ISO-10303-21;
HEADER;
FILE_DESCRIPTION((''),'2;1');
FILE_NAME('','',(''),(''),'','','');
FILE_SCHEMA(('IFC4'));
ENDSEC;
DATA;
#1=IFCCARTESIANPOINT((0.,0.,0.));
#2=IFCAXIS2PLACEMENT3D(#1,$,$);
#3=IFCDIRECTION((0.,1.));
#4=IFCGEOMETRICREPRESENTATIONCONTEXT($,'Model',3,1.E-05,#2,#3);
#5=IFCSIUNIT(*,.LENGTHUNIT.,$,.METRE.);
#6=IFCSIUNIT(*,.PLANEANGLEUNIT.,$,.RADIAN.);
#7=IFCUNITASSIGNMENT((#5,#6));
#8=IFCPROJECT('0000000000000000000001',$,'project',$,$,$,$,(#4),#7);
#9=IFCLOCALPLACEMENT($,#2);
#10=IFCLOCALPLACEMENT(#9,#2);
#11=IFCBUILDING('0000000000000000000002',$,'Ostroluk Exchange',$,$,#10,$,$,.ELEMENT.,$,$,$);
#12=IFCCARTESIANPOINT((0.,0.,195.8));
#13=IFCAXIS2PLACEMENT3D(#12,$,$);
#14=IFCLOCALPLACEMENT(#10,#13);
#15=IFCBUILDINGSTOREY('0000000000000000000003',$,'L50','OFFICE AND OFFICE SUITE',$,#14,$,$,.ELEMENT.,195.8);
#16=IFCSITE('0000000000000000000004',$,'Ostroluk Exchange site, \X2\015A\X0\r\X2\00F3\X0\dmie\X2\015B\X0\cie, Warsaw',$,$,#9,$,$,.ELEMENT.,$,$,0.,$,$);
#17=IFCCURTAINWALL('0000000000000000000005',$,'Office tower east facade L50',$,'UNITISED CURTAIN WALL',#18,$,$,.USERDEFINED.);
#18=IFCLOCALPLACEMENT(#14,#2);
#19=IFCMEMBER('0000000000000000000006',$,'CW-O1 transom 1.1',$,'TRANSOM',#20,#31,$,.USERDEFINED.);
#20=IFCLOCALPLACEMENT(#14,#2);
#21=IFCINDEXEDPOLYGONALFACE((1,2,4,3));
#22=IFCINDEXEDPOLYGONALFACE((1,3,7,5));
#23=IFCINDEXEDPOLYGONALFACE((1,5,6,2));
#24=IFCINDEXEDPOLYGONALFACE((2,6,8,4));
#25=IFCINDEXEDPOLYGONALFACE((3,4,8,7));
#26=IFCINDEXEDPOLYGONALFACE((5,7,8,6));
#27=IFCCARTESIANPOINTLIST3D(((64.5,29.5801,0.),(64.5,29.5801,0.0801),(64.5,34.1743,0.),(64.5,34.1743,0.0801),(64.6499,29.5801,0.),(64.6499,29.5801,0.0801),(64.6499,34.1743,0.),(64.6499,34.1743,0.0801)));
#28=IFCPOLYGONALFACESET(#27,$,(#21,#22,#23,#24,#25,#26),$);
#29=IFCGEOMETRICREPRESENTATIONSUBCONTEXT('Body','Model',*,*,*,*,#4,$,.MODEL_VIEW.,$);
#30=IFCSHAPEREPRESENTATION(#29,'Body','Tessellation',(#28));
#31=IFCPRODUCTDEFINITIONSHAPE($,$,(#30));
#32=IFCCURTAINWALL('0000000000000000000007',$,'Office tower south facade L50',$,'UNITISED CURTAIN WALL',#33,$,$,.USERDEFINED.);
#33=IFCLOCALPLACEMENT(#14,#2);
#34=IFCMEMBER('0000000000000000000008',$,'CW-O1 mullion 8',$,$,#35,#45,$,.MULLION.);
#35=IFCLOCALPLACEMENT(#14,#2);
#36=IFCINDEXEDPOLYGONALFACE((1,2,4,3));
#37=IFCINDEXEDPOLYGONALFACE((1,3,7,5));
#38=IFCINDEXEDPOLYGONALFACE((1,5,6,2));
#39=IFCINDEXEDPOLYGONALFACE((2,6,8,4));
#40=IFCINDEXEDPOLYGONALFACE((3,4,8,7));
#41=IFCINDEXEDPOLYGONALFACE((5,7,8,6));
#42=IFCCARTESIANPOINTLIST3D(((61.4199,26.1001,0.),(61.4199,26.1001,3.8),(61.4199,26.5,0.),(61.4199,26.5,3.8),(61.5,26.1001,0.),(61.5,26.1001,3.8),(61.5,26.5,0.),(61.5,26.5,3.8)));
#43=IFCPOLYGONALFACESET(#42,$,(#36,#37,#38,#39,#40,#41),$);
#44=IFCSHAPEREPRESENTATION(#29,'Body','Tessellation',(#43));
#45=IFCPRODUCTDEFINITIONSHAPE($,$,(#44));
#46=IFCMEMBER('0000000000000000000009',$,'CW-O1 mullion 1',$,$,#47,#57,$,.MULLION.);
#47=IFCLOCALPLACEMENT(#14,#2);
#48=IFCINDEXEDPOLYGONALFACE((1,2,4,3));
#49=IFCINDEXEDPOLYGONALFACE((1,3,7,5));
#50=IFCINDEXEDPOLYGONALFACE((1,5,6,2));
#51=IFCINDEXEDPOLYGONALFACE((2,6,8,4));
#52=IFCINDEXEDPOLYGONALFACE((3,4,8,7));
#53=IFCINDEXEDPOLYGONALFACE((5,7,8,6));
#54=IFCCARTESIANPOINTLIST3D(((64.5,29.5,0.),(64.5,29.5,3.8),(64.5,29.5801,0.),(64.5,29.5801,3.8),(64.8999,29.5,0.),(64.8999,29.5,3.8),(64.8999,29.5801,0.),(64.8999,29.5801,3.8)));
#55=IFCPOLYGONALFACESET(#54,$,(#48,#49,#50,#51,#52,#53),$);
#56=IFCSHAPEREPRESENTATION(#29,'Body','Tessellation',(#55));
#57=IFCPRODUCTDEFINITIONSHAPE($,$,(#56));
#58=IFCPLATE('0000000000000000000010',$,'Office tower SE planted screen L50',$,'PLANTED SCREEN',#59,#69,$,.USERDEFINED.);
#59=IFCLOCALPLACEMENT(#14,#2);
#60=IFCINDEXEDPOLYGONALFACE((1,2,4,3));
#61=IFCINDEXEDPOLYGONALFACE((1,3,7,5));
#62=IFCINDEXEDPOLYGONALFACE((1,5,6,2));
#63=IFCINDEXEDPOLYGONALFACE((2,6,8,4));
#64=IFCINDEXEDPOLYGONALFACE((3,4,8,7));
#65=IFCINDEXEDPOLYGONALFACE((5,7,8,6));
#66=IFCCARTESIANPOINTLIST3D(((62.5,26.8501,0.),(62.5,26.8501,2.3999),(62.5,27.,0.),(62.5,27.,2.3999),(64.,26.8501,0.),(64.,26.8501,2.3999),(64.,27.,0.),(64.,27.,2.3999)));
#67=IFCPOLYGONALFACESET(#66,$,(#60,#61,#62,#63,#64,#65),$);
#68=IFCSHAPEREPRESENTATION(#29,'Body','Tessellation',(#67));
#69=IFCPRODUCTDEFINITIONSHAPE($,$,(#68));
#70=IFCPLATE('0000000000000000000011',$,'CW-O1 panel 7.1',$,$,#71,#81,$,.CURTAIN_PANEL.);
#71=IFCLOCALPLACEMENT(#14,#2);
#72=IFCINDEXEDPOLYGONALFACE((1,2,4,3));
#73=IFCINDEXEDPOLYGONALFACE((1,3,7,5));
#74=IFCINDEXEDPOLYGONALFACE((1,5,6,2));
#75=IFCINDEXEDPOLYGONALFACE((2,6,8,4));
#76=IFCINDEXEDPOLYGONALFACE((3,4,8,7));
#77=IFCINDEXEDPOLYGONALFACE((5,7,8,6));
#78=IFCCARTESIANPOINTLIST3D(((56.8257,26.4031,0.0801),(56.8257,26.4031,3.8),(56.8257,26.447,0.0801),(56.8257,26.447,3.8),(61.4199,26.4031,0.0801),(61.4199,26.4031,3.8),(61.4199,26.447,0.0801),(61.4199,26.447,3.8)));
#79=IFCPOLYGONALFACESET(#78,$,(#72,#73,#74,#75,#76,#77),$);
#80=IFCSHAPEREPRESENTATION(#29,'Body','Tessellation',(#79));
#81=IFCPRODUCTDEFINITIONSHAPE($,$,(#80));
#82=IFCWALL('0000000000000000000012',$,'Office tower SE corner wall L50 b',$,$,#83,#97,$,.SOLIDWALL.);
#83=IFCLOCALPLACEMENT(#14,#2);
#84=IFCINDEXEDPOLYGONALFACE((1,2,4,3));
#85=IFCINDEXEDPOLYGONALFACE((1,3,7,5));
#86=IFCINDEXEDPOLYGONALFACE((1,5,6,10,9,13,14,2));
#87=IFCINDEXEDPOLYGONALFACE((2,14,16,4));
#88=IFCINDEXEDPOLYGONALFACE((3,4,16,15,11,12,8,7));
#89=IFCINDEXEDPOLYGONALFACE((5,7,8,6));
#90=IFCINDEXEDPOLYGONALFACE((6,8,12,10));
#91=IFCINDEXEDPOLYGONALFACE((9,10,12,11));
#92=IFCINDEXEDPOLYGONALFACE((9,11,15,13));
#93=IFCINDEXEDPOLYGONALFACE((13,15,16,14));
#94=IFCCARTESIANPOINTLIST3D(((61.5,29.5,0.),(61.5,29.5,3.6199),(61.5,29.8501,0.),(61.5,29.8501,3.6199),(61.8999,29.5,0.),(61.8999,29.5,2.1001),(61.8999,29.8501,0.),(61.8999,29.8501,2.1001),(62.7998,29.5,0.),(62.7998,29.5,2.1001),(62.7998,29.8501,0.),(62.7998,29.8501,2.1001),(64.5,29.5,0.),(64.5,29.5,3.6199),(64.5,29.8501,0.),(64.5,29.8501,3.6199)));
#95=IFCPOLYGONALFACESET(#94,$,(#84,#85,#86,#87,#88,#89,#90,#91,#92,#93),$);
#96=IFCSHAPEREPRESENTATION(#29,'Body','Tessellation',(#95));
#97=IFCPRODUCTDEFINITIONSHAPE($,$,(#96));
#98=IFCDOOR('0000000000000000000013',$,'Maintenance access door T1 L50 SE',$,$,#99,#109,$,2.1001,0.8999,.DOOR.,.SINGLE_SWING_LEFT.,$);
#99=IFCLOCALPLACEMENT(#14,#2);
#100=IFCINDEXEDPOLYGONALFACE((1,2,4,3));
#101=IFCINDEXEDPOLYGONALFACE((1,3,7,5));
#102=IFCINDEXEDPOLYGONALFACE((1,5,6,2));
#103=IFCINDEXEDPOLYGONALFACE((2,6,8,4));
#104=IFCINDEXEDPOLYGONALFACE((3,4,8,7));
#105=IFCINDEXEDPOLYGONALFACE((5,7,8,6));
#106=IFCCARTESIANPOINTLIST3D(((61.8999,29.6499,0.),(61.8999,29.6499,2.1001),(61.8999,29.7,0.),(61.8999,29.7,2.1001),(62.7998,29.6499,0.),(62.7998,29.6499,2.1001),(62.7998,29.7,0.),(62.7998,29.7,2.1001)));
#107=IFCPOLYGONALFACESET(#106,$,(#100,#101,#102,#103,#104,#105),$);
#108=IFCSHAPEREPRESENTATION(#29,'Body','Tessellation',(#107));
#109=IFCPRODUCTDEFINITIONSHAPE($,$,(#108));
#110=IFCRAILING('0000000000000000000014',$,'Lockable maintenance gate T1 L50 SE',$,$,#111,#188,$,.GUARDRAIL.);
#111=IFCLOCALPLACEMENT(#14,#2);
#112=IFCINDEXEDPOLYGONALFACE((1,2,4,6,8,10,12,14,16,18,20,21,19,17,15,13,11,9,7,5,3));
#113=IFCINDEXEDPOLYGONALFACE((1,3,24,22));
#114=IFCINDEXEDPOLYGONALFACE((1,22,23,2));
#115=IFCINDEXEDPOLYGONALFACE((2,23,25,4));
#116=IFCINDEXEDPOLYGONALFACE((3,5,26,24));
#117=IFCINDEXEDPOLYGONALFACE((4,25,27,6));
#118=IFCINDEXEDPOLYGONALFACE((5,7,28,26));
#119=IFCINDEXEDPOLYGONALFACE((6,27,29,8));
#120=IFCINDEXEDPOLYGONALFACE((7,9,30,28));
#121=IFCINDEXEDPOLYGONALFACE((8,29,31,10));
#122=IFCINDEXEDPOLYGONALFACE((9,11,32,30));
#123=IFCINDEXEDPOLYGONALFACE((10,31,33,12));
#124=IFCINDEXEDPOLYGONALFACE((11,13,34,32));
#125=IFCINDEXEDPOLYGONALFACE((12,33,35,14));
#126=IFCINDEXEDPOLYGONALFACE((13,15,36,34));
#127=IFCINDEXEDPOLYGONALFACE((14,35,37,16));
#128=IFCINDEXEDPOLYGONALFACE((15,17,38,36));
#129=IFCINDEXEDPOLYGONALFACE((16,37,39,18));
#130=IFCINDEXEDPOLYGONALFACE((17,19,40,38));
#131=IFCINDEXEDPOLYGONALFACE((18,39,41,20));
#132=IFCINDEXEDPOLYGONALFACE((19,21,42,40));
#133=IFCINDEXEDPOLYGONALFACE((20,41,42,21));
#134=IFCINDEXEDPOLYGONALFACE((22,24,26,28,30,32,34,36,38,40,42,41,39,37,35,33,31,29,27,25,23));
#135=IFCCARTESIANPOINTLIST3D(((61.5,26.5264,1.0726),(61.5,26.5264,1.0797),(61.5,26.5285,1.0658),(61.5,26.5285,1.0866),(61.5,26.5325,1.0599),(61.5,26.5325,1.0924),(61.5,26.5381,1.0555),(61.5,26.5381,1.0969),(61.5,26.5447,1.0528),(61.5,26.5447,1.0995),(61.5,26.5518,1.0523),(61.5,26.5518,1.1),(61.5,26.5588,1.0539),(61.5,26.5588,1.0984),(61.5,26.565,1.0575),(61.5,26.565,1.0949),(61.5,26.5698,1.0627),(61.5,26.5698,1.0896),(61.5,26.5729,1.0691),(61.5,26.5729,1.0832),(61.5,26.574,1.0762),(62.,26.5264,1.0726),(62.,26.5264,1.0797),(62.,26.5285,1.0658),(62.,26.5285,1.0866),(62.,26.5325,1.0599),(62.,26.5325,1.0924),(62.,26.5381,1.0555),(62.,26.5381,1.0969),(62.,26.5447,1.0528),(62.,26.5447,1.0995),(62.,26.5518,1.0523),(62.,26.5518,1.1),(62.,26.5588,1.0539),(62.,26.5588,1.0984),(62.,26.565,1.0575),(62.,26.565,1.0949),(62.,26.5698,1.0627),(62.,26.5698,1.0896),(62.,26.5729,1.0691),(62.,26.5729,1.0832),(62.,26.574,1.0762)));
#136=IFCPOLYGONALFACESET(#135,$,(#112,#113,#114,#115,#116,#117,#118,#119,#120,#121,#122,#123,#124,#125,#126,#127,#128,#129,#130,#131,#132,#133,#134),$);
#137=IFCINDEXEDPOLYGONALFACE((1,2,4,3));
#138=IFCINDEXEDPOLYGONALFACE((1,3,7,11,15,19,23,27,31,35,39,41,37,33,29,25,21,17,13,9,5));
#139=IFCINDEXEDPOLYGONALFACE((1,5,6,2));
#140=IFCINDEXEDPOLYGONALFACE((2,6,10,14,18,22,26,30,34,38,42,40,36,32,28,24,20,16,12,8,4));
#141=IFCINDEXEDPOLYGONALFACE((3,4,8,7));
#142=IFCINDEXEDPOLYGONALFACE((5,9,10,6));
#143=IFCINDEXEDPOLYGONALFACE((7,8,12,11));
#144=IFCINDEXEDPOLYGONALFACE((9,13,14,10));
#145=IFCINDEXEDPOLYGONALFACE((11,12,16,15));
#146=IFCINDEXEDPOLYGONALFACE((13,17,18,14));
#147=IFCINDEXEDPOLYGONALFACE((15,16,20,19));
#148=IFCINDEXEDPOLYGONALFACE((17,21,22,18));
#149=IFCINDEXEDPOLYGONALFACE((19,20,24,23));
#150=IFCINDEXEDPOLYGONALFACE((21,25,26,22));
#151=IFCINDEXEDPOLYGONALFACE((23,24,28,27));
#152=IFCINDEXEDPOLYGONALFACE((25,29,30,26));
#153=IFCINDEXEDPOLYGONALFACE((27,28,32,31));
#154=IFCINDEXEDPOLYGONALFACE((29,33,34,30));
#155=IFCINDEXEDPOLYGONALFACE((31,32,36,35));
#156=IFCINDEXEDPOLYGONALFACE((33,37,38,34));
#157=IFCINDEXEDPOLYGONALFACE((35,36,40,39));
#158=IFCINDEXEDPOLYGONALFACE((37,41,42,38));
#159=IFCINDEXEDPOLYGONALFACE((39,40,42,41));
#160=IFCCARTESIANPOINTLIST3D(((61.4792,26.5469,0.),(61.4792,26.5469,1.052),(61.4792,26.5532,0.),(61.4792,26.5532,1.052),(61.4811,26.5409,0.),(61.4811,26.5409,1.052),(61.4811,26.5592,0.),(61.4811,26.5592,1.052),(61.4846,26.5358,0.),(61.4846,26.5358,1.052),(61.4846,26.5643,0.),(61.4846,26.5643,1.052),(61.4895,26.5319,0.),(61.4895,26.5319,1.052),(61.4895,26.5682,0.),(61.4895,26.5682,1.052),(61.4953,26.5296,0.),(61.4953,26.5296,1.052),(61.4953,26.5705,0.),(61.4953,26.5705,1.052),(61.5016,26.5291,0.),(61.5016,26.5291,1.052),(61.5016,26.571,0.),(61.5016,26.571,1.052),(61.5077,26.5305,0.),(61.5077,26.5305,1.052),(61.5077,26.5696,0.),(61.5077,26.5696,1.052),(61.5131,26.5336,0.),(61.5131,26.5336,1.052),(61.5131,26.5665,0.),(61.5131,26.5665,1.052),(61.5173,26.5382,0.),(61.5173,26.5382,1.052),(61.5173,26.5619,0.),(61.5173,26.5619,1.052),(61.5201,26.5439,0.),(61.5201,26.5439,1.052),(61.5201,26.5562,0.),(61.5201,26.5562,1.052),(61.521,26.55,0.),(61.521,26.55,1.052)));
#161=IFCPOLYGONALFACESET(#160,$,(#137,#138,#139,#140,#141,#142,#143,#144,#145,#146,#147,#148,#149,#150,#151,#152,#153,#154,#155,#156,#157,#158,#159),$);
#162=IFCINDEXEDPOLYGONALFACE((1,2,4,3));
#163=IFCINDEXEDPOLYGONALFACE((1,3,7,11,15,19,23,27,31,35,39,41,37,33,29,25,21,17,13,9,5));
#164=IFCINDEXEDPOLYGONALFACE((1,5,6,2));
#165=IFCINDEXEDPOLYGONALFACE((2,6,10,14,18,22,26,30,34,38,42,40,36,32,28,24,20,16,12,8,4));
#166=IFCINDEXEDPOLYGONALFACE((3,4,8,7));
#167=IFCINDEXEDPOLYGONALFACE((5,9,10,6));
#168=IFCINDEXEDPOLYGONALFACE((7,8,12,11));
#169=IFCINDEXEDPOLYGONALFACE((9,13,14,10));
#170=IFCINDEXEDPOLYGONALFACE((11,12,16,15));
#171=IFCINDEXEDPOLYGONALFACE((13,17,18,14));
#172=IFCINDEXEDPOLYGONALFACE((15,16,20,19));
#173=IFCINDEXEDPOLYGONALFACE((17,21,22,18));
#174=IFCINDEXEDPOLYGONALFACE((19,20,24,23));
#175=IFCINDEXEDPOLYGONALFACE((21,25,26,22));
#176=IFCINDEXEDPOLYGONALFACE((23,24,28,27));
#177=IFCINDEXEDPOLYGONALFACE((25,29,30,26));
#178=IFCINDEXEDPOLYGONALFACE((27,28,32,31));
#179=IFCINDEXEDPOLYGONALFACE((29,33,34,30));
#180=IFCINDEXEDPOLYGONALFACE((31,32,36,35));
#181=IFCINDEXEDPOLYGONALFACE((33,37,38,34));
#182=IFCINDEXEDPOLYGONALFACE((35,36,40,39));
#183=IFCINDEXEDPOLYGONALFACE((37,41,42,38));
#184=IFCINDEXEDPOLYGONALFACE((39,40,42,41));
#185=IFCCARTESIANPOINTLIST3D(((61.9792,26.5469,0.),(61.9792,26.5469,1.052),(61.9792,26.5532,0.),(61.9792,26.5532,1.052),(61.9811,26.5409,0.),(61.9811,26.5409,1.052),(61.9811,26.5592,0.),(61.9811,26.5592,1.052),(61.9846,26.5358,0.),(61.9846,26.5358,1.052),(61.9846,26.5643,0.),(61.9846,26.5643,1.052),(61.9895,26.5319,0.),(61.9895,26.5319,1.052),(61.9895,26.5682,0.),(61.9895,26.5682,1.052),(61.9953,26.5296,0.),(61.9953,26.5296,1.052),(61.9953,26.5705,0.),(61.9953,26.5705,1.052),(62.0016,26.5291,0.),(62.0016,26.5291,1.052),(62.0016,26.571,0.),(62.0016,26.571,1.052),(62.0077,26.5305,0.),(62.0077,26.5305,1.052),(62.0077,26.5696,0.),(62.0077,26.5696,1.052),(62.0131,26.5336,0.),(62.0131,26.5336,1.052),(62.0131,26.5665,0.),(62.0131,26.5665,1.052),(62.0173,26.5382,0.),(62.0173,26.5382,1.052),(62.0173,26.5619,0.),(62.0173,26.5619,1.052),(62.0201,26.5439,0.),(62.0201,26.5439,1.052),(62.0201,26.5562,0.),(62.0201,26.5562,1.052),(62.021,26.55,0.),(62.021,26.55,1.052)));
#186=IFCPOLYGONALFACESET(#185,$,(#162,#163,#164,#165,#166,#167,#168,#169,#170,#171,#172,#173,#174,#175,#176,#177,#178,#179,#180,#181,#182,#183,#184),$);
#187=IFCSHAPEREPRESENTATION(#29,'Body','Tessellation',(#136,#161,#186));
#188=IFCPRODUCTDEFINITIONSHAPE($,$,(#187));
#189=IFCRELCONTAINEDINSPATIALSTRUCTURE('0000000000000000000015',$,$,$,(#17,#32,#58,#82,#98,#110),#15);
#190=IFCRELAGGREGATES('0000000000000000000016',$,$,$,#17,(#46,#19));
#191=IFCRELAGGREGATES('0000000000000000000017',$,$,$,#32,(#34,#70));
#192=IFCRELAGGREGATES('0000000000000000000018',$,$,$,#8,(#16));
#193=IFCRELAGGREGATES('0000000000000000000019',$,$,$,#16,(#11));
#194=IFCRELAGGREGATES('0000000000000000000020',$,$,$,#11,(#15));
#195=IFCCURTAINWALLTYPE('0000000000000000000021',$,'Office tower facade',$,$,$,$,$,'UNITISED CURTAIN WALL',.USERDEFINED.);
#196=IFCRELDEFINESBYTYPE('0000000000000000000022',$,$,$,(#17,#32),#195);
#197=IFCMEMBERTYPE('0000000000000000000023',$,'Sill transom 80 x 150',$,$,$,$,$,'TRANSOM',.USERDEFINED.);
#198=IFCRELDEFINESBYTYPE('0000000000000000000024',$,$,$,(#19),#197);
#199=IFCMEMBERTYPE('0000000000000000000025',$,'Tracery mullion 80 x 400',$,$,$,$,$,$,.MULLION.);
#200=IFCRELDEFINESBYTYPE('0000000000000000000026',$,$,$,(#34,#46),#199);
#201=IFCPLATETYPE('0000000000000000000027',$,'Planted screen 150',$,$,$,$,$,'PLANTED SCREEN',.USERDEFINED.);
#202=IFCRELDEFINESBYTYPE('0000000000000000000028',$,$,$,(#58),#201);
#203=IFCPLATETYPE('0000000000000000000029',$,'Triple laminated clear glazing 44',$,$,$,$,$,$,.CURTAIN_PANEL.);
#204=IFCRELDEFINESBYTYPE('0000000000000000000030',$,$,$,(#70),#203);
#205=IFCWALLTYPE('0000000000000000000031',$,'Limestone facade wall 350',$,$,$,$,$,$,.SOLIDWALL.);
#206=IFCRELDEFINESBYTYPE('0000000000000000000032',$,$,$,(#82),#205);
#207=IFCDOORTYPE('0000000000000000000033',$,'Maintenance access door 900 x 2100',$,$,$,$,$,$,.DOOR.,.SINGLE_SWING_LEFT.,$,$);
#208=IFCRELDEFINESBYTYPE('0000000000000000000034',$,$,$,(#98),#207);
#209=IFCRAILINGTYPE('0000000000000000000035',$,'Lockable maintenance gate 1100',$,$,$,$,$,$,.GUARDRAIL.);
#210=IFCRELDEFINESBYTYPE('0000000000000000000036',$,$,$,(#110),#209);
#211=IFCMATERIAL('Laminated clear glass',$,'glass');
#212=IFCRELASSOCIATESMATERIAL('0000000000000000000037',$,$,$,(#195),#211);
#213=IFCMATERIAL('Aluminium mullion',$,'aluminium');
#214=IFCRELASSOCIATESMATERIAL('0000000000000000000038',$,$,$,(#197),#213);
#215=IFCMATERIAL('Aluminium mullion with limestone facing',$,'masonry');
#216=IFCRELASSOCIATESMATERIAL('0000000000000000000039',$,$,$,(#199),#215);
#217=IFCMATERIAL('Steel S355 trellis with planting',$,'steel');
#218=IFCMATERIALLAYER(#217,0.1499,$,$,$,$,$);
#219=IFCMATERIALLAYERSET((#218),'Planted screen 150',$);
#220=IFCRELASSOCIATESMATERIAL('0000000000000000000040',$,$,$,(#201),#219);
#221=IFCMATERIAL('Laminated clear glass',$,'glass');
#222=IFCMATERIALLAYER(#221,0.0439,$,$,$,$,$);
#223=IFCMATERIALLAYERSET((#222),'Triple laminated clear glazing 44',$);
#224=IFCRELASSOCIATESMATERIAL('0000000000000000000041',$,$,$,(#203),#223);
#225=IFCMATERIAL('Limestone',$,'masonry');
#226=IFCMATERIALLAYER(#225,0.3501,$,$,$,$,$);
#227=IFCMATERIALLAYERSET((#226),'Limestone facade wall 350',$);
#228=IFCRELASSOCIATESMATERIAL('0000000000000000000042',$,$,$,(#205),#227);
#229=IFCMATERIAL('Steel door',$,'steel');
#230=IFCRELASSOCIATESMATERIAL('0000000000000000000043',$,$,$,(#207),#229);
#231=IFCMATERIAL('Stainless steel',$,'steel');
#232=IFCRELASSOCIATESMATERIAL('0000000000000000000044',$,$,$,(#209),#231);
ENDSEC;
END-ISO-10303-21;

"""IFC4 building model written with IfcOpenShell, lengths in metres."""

from ifc_helpers import new_model, si_unit, direction, frame, frame_2d, origin, origin_2d, place, context, subcontext, project, spatial, rectangle, circle, extrude, material, layer, layer_set, material_profile, profile_set, type_object, element, fill, aggregate, save


model = new_model("IFC4")

# Units and contexts
model_context = context("Model", 3, precision=1e-05, world=origin(), true_north=direction((0.0, 1.0)))
body_context = subcontext(model_context, "Body", "Model", "MODEL_VIEW")
ifc_project = project(units=[si_unit("LENGTHUNIT", "METRE"), si_unit("PLANEANGLEUNIT", "RADIAN")], contexts=[model_context])

# Site, building, storey
site_placement = place(None, origin())
site = spatial("IfcSite", under=ifc_project, at=site_placement, Name="Ostroluk Exchange site, Śródmieście, Warsaw", CompositionType="ELEMENT", RefElevation=0.0)
building_placement = place(site_placement, origin())
building = spatial("IfcBuilding", under=site, at=building_placement, Name="Ostroluk Exchange", CompositionType="ELEMENT")
storey_placement = place(building_placement, frame((0.0, 0.0, 195.8)))
storey = spatial("IfcBuildingStorey", under=building, at=storey_placement, Name="L50", Description="OFFICE AND OFFICE SUITE", CompositionType="ELEMENT", Elevation=195.8)

# Curtain walls, members
ifc_material_1 = material(Name="Laminated clear glass", Category="glass")
curtain_wall_type = type_object("IfcCurtainWallType", Name="Office tower facade", ElementType="UNITISED CURTAIN WALL", PredefinedType="USERDEFINED", material=ifc_material_1)
curtain_wall_1_placement = place(storey_placement, origin())
curtain_wall_1 = element("IfcCurtainWall", 1, at=curtain_wall_1_placement, inside=storey, type_object=curtain_wall_type, Name="Office tower east facade L50", ObjectType="UNITISED CURTAIN WALL", PredefinedType="USERDEFINED")
ifc_material_2 = material(Name="Aluminium mullion", Category="aluminium")
ifc_material_profile_1 = material_profile(ifc_material_2, rectangle(XDim=0.1499, YDim=0.0801, at=origin_2d()), Name="Sill transom 80 x 150")
ifc_profile_set_1 = profile_set([ifc_material_profile_1], Name="Aluminium mullion")
member_type_1 = type_object("IfcMemberType", Name="Sill transom 80 x 150", ElementType="TRANSOM", PredefinedType="USERDEFINED", material=ifc_profile_set_1)
member_1_placement = place(storey_placement, frame((64.575, 29.5801, 0.04), z_axis=(0.0, 1.0, 0.0), x_axis=(-1.0, 0.0, 0.0)))
member_1 = element("IfcMember", 2, at=member_1_placement, type_object=member_type_1, Name="CW-O1 transom 1.1", ObjectType="TRANSOM", PredefinedType="USERDEFINED", context=body_context, shape_type="SweptSolid", body=[
    extrude(rectangle(XDim=0.1499, YDim=0.0801, at=origin_2d()), origin(), (0.0, 0.0, 1.0), 4.5942),
])
curtain_wall_2_placement = place(storey_placement, origin())
curtain_wall_2 = element("IfcCurtainWall", 3, at=curtain_wall_2_placement, inside=storey, type_object=curtain_wall_type, Name="Office tower south facade L50", ObjectType="UNITISED CURTAIN WALL", PredefinedType="USERDEFINED")
ifc_material_3 = material(Name="Aluminium mullion with limestone facing", Category="masonry")
ifc_material_profile_2 = material_profile(ifc_material_3, rectangle(XDim=0.3999, YDim=0.0801, at=origin_2d()), Name="Tracery mullion 80 x 400")
ifc_profile_set_2 = profile_set([ifc_material_profile_2], Name="Aluminium mullion with limestone facing")
member_type_2 = type_object("IfcMemberType", Name="Tracery mullion 80 x 400", PredefinedType="MULLION", material=ifc_profile_set_2)
member_2_placement = place(storey_placement, frame((61.46, 26.3, 0.0), z_axis=(0.0, 0.0, 1.0), x_axis=(0.0, 1.0, 0.0)))
member_2 = element("IfcMember", 4, at=member_2_placement, type_object=member_type_2, Name="CW-O1 mullion 8", PredefinedType="MULLION", context=body_context, shape_type="SweptSolid", body=[
    extrude(rectangle(XDim=0.3999, YDim=0.0801, at=origin_2d()), origin(), (0.0, 0.0, 1.0), 3.8),
])

# Member
member_3_placement = place(storey_placement, frame((64.7, 29.54, 0.0), z_axis=(0.0, 0.0, 1.0), x_axis=(-1.0, 0.0, 0.0)))
member_3 = element("IfcMember", 5, at=member_3_placement, type_object=member_type_2, Name="CW-O1 mullion 1", PredefinedType="MULLION", context=body_context, shape_type="SweptSolid", body=[
    extrude(rectangle(XDim=0.3999, YDim=0.0801, at=origin_2d()), origin(), (0.0, 0.0, 1.0), 3.8),
])
aggregate(curtain_wall_1, [member_3, member_1])

# Plates
ifc_material_4 = material(Name="Steel S355 trellis with planting", Category="steel")
ifc_layer_1 = layer(ifc_material_4, 0.1499)
ifc_layer_set_1 = layer_set([ifc_layer_1], Name="Planted screen 150")
plate_type_1 = type_object("IfcPlateType", Name="Planted screen 150", ElementType="PLANTED SCREEN", PredefinedType="USERDEFINED", material=ifc_layer_set_1)
plate_1_placement = place(storey_placement, frame((63.25, 26.925, 0.0), z_axis=(0.0, 0.0, 1.0), x_axis=(1.0, 0.0, 0.0)))
element("IfcPlate", 6, at=plate_1_placement, inside=storey, type_object=plate_type_1, Name="Office tower SE planted screen L50", ObjectType="PLANTED SCREEN", PredefinedType="USERDEFINED", context=body_context, shape_type="SweptSolid", body=[
    extrude(rectangle(XDim=1.5, YDim=0.1499, at=origin_2d()), origin(), (0.0, 0.0, 1.0), 2.3999),
])
ifc_material_5 = material(Name="Laminated clear glass", Category="glass")
ifc_layer_2 = layer(ifc_material_5, 0.0439)
ifc_layer_set_2 = layer_set([ifc_layer_2], Name="Triple laminated clear glazing 44")
plate_type_2 = type_object("IfcPlateType", Name="Triple laminated clear glazing 44", PredefinedType="CURTAIN_PANEL", material=ifc_layer_set_2)
plate_2_placement = place(storey_placement, frame((59.1228, 26.425, 0.0801), z_axis=(0.0, 0.0, 1.0), x_axis=(1.0, 0.0, 0.0)))
plate_2 = element("IfcPlate", 7, at=plate_2_placement, type_object=plate_type_2, Name="CW-O1 panel 7.1", PredefinedType="CURTAIN_PANEL", context=body_context, shape_type="SweptSolid", body=[
    extrude(rectangle(XDim=4.5942, YDim=0.0439, at=origin_2d()), origin(), (0.0, 0.0, 1.0), 3.72),
])
aggregate(curtain_wall_2, [member_2, plate_2])

# Wall, opening, door
ifc_material_6 = material(Name="Limestone", Category="masonry")
ifc_layer_3 = layer(ifc_material_6, 0.3501)
ifc_layer_set_3 = layer_set([ifc_layer_3], Name="Limestone facade wall 350")
wall_type = type_object("IfcWallType", Name="Limestone facade wall 350", PredefinedType="SOLIDWALL", material=ifc_layer_set_3)
wall_1_placement = place(storey_placement, frame((61.5, 29.675, 0.0), z_axis=(0.0, 0.0, 1.0), x_axis=(1.0, 0.0, 0.0)))
wall_1 = element("IfcWall", 8, at=wall_1_placement, inside=storey, type_object=wall_type, Name="Office tower SE corner wall L50 b", PredefinedType="SOLIDWALL", context=body_context, shape_type="SweptSolid", body=[
    extrude(rectangle(XDim=3.0, YDim=0.3501, at=frame_2d((1.5, 0.0))), origin(), (0.0, 0.0, 1.0), 3.6199),
])
opening_1_placement = place(wall_1_placement, frame((0.3999, 0.0, 0.0)))
opening_1 = element("IfcOpeningElement", 9, at=opening_1_placement, cuts=wall_1, PredefinedType="OPENING", context=body_context, shape_type="SweptSolid", body=[
    extrude(rectangle(XDim=0.8999, YDim=2.1001, at=frame_2d((0.45, 1.05))), frame((0.0, 0.1851, 0.0), z_axis=(0.0, -1.0, 0.0), x_axis=(1.0, 0.0, 0.0)), (0.0, 0.0, 1.0), 0.3701),
])
ifc_material_7 = material(Name="Steel door", Category="steel")
door_type_1 = type_object("IfcDoorType", Name="Maintenance access door 900 x 2100", OperationType="SINGLE_SWING_LEFT", PredefinedType="DOOR", material=ifc_material_7)
door_1_placement = place(opening_1_placement, origin())
door_1 = element("IfcDoor", 10, at=door_1_placement, inside=storey, type_object=door_type_1, Name="Maintenance access door T1 L50 SE", OperationType="SINGLE_SWING_LEFT", OverallHeight=2.1001, OverallWidth=0.8999, PredefinedType="DOOR", context=body_context, shape_type="SweptSolid", body=[
    extrude(rectangle(XDim=0.8999, YDim=2.1001, at=frame_2d((0.45, 1.05))), frame((0.0, 0.0249, 0.0), z_axis=(0.0, -1.0, 0.0), x_axis=(1.0, 0.0, 0.0)), (0.0, 0.0, 1.0), 0.05),
])
fill(opening_1, door_1)

# Railing
ifc_material_8 = material(Name="Stainless steel", Category="steel")
railing_type_1 = type_object("IfcRailingType", Name="Lockable maintenance gate 1100", PredefinedType="GUARDRAIL", material=ifc_material_8)
railing_1_placement = place(storey_placement, frame((61.5, 26.55, 0.0)))
element("IfcRailing", 11, at=railing_1_placement, inside=storey, type_object=railing_type_1, Name="Lockable maintenance gate T1 L50 SE", PredefinedType="GUARDRAIL", context=body_context, shape_type="SweptSolid", body=[
    extrude(circle(Radius=0.0239, at=origin_2d()), frame((0.0, 0.0, 1.0762), z_axis=(1.0, 0.0, 0.0), x_axis=(0.0, 1.0, 0.0)), (0.0, 0.0, 1.0), 0.5),
    extrude(circle(Radius=0.021, at=origin_2d()), origin(), (0.0, 0.0, 1.0), 1.052),
    extrude(circle(Radius=0.021, at=origin_2d()), frame((0.5, 0.0, 0.0)), (0.0, 0.0, 1.0), 1.052),
])

save(model, "model.ifc")
